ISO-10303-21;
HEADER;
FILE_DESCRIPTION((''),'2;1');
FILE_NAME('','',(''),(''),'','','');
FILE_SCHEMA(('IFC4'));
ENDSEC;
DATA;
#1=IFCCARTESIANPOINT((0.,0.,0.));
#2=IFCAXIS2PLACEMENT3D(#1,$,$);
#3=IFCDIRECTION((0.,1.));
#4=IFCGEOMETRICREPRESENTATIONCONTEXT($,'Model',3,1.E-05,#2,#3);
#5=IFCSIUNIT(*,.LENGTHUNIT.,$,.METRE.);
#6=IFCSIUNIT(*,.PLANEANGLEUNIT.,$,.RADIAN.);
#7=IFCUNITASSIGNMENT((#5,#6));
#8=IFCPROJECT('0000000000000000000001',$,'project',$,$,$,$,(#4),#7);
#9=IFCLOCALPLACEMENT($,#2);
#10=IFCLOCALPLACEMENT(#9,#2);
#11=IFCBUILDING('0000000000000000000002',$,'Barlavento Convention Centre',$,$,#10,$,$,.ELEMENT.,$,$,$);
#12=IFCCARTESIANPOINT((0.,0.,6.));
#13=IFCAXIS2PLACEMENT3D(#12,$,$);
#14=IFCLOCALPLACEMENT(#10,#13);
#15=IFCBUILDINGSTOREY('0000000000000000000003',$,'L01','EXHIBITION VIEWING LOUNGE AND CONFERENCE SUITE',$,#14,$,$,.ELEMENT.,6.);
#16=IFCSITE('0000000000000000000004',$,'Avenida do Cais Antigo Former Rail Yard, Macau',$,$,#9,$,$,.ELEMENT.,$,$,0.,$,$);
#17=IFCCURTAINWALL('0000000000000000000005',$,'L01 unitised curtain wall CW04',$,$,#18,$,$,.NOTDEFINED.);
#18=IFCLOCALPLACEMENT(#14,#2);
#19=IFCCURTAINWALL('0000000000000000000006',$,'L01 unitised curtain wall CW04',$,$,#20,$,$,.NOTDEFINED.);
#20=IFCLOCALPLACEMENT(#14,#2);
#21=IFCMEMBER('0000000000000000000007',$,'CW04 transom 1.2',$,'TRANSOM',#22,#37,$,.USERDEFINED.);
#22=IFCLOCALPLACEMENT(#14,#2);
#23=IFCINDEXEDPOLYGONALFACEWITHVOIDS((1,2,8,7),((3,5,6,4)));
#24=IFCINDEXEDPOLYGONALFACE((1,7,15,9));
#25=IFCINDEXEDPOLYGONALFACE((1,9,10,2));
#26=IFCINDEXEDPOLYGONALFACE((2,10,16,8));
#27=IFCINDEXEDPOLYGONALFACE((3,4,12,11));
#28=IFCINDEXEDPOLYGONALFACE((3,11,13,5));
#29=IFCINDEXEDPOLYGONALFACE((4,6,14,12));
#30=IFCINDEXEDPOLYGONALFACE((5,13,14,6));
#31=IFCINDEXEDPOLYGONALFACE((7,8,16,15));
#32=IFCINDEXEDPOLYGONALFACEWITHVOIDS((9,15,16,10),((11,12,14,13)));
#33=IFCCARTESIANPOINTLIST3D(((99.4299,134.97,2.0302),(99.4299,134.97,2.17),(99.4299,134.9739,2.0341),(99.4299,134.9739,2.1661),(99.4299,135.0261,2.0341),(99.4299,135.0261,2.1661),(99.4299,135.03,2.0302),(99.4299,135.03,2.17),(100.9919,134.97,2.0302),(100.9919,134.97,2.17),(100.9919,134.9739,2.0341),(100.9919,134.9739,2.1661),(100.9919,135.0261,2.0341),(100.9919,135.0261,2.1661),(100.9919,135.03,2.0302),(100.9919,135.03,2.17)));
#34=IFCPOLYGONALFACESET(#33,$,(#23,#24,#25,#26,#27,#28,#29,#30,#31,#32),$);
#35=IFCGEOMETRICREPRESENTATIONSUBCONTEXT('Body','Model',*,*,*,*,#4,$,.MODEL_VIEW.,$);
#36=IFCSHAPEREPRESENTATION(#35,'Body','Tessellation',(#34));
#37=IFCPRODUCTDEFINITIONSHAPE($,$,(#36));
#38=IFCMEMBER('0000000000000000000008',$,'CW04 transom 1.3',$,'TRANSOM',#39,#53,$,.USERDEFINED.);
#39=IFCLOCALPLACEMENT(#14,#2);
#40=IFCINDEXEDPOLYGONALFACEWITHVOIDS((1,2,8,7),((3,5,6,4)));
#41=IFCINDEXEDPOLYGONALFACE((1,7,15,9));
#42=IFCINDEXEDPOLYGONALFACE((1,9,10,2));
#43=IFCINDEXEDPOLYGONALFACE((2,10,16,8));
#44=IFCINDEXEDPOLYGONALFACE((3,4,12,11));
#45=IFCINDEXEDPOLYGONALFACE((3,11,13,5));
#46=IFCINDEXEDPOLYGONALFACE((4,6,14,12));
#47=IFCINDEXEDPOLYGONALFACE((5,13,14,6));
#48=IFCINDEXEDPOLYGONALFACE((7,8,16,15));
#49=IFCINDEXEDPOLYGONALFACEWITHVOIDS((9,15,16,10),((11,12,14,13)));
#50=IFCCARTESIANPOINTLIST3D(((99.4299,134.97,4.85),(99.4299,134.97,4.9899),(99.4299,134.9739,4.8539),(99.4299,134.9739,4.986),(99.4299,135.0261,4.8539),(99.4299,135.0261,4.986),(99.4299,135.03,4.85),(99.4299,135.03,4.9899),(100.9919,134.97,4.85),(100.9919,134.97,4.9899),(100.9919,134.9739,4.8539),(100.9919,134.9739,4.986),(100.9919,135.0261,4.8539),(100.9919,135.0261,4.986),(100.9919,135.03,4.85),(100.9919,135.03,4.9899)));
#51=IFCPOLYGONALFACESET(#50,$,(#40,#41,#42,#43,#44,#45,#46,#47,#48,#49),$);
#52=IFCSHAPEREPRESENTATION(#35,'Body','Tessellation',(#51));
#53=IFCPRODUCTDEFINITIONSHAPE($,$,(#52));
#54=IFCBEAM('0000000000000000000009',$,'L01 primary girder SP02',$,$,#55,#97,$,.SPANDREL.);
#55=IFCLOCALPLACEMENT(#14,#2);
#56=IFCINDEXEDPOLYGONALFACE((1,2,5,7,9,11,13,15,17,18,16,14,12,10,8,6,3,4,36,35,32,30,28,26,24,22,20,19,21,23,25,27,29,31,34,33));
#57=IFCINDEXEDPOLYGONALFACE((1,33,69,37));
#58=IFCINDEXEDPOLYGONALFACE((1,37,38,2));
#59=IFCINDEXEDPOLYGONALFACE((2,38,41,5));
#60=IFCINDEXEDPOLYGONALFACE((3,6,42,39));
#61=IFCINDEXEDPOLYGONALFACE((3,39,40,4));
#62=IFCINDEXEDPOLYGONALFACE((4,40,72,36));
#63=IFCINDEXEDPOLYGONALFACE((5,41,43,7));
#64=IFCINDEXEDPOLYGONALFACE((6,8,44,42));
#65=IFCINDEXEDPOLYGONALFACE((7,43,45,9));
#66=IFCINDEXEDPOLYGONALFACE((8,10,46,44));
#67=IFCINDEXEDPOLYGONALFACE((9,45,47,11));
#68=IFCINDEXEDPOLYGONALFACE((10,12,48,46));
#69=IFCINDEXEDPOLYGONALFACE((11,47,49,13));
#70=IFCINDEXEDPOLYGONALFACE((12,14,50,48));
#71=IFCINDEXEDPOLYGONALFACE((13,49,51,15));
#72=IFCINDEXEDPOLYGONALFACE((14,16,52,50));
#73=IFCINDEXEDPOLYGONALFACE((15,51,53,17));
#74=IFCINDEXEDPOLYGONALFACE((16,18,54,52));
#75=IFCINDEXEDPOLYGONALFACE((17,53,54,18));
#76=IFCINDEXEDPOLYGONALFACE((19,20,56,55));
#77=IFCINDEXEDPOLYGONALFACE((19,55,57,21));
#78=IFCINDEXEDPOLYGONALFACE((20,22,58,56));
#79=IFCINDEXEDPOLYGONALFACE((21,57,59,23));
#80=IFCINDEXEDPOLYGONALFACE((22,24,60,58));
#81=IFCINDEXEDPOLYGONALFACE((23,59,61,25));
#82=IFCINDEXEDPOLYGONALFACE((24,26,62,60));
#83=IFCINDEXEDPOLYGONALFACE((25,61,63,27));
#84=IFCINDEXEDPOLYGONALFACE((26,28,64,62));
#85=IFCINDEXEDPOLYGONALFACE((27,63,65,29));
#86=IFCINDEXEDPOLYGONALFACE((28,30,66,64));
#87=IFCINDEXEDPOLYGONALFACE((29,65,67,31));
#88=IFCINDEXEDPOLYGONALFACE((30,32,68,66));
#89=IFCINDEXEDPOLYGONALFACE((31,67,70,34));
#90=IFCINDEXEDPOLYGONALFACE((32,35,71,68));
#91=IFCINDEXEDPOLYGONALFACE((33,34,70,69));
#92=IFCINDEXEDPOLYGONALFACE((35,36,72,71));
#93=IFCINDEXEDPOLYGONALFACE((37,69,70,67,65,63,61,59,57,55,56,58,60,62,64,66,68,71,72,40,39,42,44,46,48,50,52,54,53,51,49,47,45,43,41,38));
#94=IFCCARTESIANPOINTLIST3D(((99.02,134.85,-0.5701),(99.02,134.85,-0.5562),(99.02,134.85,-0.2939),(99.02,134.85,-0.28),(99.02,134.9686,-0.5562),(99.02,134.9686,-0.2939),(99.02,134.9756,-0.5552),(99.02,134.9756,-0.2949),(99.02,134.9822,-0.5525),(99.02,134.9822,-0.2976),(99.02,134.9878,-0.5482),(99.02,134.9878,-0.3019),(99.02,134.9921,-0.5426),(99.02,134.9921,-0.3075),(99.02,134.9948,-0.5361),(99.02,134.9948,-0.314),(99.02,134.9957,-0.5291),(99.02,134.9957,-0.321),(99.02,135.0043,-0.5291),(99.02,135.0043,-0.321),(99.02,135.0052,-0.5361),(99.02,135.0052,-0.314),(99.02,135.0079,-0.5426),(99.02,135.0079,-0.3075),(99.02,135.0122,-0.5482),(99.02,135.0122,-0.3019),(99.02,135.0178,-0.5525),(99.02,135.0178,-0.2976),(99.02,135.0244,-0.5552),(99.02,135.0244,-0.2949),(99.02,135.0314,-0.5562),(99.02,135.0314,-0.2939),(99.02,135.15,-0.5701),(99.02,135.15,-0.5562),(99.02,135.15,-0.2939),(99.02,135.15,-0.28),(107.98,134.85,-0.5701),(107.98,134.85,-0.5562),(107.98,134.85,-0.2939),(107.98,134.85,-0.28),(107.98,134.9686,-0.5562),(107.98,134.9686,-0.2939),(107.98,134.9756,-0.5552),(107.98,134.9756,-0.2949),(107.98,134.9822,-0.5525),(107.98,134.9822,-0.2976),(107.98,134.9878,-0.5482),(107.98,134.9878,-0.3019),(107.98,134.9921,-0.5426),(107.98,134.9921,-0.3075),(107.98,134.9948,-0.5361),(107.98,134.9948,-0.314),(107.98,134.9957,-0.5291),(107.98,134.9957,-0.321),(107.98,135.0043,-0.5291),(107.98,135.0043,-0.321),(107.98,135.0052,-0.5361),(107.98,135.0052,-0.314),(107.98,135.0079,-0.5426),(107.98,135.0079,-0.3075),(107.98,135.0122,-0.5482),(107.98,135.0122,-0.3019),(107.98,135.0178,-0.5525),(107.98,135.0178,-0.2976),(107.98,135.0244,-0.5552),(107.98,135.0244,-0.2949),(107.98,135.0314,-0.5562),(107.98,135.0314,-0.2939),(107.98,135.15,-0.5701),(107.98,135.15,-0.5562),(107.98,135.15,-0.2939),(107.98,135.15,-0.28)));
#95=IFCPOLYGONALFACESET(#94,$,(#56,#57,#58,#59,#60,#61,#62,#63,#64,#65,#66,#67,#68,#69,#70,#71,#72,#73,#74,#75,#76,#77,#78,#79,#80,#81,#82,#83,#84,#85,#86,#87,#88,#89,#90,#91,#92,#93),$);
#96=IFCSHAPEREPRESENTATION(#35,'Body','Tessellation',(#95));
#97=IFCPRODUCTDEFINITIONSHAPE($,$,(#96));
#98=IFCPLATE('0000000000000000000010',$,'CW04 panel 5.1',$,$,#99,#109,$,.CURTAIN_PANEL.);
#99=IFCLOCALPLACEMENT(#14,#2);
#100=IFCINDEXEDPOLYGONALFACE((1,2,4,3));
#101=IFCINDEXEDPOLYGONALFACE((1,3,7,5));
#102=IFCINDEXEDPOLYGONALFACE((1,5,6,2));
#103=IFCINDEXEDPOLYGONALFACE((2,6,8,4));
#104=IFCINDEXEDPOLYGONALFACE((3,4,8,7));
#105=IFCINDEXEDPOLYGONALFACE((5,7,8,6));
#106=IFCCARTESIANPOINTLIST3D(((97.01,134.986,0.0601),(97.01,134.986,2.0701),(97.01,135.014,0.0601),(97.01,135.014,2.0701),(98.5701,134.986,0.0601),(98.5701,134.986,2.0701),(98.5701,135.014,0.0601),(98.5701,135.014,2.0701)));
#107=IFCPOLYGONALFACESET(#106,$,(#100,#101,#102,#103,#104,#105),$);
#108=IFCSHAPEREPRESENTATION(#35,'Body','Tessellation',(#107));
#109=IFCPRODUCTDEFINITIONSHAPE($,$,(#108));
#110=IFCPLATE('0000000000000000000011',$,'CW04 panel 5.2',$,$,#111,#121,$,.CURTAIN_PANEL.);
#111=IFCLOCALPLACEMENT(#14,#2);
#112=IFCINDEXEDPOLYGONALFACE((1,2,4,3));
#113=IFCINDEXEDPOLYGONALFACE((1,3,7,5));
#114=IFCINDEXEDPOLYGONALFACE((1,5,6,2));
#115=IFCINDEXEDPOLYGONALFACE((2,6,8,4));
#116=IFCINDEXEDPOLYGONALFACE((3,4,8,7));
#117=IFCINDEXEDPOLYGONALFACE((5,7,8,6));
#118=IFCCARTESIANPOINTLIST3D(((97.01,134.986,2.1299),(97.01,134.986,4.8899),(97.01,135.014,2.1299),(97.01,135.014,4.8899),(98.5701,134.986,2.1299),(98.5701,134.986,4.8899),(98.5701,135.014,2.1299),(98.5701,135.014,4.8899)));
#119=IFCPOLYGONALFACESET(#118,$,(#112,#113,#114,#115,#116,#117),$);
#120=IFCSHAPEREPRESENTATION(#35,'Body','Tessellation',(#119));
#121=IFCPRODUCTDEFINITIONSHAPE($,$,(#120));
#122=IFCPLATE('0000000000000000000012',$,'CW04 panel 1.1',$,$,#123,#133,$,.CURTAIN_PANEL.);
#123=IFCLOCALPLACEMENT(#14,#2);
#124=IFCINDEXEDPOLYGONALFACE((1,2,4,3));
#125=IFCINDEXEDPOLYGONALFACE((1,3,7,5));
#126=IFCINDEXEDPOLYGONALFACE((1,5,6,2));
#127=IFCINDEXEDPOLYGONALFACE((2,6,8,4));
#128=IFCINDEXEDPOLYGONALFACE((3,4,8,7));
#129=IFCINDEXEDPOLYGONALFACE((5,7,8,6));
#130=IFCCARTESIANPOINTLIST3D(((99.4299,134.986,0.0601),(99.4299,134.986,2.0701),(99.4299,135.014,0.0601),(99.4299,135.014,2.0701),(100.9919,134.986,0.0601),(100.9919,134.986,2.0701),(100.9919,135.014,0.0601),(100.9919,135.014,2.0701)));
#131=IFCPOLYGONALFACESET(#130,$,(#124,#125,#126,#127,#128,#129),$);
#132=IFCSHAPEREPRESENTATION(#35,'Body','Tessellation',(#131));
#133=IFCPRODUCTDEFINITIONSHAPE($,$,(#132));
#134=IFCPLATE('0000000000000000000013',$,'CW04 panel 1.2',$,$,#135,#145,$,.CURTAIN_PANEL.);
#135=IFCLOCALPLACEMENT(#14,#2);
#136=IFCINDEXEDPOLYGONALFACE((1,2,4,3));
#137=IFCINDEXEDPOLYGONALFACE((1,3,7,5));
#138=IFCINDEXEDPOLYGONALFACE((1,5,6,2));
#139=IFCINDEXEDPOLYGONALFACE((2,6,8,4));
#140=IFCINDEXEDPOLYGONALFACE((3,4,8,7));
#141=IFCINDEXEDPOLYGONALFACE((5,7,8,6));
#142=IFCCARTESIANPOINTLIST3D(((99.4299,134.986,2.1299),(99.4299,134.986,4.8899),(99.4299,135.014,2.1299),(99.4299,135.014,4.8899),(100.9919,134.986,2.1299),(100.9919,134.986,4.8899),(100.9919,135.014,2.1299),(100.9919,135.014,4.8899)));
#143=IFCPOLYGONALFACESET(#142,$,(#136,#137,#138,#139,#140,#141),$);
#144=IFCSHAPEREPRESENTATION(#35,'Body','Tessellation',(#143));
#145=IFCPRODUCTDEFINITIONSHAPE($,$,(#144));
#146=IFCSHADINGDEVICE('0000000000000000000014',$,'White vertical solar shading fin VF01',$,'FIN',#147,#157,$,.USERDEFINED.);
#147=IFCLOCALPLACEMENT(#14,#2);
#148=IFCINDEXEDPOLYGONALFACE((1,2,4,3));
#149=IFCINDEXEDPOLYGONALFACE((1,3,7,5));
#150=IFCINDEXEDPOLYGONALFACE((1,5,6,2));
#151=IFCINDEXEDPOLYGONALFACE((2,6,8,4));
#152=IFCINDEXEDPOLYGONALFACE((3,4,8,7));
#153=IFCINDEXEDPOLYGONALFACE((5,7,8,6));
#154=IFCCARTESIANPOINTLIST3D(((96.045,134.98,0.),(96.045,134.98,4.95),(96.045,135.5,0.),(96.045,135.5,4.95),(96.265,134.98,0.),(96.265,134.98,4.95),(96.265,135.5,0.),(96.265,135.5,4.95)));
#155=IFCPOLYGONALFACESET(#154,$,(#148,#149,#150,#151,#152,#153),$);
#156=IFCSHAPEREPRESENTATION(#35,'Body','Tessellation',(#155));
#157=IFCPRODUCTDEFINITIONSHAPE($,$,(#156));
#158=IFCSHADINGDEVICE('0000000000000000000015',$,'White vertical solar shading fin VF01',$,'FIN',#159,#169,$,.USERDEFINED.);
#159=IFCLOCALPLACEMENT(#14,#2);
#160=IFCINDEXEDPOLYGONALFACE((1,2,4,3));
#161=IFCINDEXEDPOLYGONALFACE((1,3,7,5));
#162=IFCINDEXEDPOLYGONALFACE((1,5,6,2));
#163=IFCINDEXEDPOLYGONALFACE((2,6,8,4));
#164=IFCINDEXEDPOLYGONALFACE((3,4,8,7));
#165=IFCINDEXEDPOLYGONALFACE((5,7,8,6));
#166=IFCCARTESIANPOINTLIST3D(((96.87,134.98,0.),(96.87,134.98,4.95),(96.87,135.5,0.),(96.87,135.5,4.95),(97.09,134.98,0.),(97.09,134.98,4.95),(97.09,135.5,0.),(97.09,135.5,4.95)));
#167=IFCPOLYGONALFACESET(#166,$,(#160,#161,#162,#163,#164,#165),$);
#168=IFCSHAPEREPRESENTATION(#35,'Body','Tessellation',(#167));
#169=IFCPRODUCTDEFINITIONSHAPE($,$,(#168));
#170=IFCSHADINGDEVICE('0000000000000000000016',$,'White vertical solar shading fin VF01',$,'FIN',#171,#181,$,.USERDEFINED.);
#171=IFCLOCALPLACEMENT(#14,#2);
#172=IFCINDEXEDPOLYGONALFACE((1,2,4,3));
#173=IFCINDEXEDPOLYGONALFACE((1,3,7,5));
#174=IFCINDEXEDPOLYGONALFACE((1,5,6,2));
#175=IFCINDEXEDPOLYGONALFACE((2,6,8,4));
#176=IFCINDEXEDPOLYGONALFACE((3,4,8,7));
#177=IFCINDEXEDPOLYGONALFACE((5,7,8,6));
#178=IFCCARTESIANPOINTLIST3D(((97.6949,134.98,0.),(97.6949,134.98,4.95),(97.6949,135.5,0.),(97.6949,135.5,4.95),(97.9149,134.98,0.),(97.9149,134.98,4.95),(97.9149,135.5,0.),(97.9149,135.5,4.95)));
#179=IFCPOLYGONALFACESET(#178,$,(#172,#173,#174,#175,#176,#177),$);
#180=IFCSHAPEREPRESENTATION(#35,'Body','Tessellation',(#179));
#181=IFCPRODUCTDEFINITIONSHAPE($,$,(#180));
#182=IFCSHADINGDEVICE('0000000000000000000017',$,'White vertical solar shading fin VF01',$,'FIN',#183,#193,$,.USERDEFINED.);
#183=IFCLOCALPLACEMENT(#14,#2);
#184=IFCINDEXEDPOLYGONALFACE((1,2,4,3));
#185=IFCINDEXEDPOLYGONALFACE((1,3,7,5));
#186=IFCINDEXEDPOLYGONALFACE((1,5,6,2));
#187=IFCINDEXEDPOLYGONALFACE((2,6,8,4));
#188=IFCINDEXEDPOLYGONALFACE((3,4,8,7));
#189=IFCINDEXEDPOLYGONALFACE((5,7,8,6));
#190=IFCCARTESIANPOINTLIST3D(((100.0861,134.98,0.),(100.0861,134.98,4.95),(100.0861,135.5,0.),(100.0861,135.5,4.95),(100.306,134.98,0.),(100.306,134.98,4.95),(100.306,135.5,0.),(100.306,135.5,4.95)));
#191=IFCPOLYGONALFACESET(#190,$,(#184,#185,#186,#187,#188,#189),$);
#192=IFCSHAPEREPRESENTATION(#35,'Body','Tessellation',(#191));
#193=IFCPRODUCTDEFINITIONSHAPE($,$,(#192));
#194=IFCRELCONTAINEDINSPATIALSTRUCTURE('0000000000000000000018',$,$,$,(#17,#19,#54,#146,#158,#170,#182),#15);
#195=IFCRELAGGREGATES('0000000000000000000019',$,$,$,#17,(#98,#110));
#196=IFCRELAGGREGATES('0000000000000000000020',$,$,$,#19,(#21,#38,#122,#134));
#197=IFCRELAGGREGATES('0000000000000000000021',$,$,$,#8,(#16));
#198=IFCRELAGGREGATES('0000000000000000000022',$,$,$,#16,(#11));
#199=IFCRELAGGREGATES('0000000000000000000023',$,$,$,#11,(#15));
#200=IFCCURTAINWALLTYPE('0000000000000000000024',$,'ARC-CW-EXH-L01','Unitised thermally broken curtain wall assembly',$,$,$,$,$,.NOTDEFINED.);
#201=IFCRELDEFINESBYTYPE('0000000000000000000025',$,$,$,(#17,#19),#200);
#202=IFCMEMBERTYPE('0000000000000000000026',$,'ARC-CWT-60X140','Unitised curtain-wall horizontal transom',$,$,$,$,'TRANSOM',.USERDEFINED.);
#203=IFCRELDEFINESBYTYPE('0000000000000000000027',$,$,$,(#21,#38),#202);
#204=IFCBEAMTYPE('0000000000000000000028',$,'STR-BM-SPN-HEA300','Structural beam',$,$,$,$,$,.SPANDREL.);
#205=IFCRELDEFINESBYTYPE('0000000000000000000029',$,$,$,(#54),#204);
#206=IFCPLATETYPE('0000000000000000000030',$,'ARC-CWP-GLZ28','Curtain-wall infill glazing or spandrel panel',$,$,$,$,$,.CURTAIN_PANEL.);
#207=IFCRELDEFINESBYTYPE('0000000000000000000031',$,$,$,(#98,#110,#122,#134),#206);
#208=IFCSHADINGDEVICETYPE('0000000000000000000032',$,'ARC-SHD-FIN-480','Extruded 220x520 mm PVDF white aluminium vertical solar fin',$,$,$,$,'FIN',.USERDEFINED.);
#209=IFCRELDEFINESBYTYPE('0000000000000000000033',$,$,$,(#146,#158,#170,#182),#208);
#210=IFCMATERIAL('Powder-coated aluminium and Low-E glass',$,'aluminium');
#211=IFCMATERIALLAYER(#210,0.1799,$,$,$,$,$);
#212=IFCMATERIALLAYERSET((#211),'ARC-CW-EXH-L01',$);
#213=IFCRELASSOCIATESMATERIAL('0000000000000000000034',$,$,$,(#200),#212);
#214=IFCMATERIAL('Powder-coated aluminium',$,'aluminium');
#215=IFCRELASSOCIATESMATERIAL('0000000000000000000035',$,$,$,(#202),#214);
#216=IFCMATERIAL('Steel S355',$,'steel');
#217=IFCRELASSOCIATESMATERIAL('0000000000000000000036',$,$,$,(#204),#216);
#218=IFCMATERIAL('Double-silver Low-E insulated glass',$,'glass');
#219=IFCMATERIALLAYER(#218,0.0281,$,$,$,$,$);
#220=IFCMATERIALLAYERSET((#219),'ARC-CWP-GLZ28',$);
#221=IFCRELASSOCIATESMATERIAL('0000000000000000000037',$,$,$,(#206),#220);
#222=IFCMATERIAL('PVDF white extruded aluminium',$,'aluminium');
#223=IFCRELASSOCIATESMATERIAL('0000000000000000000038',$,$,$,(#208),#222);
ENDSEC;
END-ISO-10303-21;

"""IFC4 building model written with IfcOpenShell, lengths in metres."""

from ifc_helpers import new_model, si_unit, direction, frame, origin, origin_2d, place, context, subcontext, project, spatial, rectangle, hollow_rectangle, i_section, extrude, material, layer, layer_set, material_profile, profile_set, type_object, element, aggregate, save


model = new_model("IFC4")

# Units and contexts
model_context = context("Model", 3, precision=1e-05, world=origin(), true_north=direction((0.0, 1.0)))
body_context = subcontext(model_context, "Body", "Model", "MODEL_VIEW")
ifc_project = project(units=[si_unit("LENGTHUNIT", "METRE"), si_unit("PLANEANGLEUNIT", "RADIAN")], contexts=[model_context])

# Site, building, storey
site_placement = place(None, origin())
site = spatial("IfcSite", under=ifc_project, at=site_placement, Name="Avenida do Cais Antigo Former Rail Yard, Macau", CompositionType="ELEMENT", RefElevation=0.0)
building_placement = place(site_placement, origin())
building = spatial("IfcBuilding", under=site, at=building_placement, Name="Barlavento Convention Centre", CompositionType="ELEMENT")
storey_placement = place(building_placement, frame((0.0, 0.0, 6.0)))
storey = spatial("IfcBuildingStorey", under=building, at=storey_placement, Name="L01", Description="EXHIBITION VIEWING LOUNGE AND CONFERENCE SUITE", CompositionType="ELEMENT", Elevation=6.0)

# Shared definitions
ifc_material_1 = material(Name="Steel S355", Category="steel")

# Curtain walls
ifc_material_2 = material(Name="Powder-coated aluminium and Low-E glass", Category="aluminium")
ifc_layer_1 = layer(ifc_material_2, 0.1799)
ifc_layer_set_1 = layer_set([ifc_layer_1], Name="ARC-CW-EXH-L01")
curtain_wall_type = type_object("IfcCurtainWallType", Name="ARC-CW-EXH-L01", Description="Unitised thermally broken curtain wall assembly", PredefinedType="NOTDEFINED", material=ifc_layer_set_1)
curtain_wall_1_placement = place(storey_placement, origin())
curtain_wall_1 = element("IfcCurtainWall", 1, at=curtain_wall_1_placement, inside=storey, type_object=curtain_wall_type, Name="L01 unitised curtain wall CW04", PredefinedType="NOTDEFINED")
ifc_material_3 = material(Name="Powder-coated aluminium", Category="aluminium")
curtain_wall_2_placement = place(storey_placement, origin())
curtain_wall_2 = element("IfcCurtainWall", 2, at=curtain_wall_2_placement, inside=storey, type_object=curtain_wall_type, Name="L01 unitised curtain wall CW04", PredefinedType="NOTDEFINED")

# Members
ifc_material_profile_1 = material_profile(ifc_material_3, hollow_rectangle(XDim=0.0601, YDim=0.1399, WallThickness=0.0039, at=origin_2d()), Name="AL-TRAN 60x140x4")
ifc_profile_set_1 = profile_set([ifc_material_profile_1], Name="Powder-coated aluminium")
member_type_1 = type_object("IfcMemberType", Name="ARC-CWT-60X140", Description="Unitised curtain-wall horizontal transom", ElementType="TRANSOM", PredefinedType="USERDEFINED", material=ifc_profile_set_1)
member_1_placement = place(storey_placement, frame((99.4299, 135.0, 2.1001), z_axis=(1.0, 0.0, 0.0), x_axis=(0.0, 1.0, 0.0)))
member_1 = element("IfcMember", 3, at=member_1_placement, type_object=member_type_1, Name="CW04 transom 1.2", ObjectType="TRANSOM", PredefinedType="USERDEFINED", context=body_context, shape_type="SweptSolid", body=[
    extrude(hollow_rectangle(XDim=0.0601, YDim=0.1399, WallThickness=0.0039, at=origin_2d()), origin(), (0.0, 0.0, 1.0), 1.562),
])
member_2_placement = place(storey_placement, frame((99.4299, 135.0, 4.9199), z_axis=(1.0, 0.0, 0.0), x_axis=(0.0, 1.0, 0.0)))
member_2 = element("IfcMember", 4, at=member_2_placement, type_object=member_type_1, Name="CW04 transom 1.3", ObjectType="TRANSOM", PredefinedType="USERDEFINED", context=body_context, shape_type="SweptSolid", body=[
    extrude(hollow_rectangle(XDim=0.0601, YDim=0.1399, WallThickness=0.0039, at=origin_2d()), origin(), (0.0, 0.0, 1.0), 1.562),
])

# Beam
ifc_material_profile_2 = material_profile(ifc_material_1, i_section(OverallWidth=0.3, OverallDepth=0.29, WebThickness=0.0085, FlangeThickness=0.0139, FilletRadius=0.0271, at=origin_2d()), Name="HEA 300")
ifc_profile_set_2 = profile_set([ifc_material_profile_2], Name="Steel S355")
beam_type = type_object("IfcBeamType", Name="STR-BM-SPN-HEA300", Description="Structural beam", PredefinedType="SPANDREL", material=ifc_profile_set_2)
beam_placement = place(storey_placement, frame((99.02, 135.0, -0.425), z_axis=(1.0, 0.0, 0.0), x_axis=(0.0, 1.0, 0.0)))
element("IfcBeam", 5, at=beam_placement, inside=storey, type_object=beam_type, Name="L01 primary girder SP02", PredefinedType="SPANDREL", context=body_context, shape_type="SweptSolid", body=[
    extrude(i_section(OverallWidth=0.3, OverallDepth=0.29, WebThickness=0.0085, FlangeThickness=0.0139, FilletRadius=0.0271, at=origin_2d()), origin(), (0.0, 0.0, 1.0), 8.96),
])

# Plates
ifc_material_4 = material(Name="Double-silver Low-E insulated glass", Category="glass")
ifc_layer_2 = layer(ifc_material_4, 0.0281)
ifc_layer_set_2 = layer_set([ifc_layer_2], Name="ARC-CWP-GLZ28")
plate_type = type_object("IfcPlateType", Name="ARC-CWP-GLZ28", Description="Curtain-wall infill glazing or spandrel panel", PredefinedType="CURTAIN_PANEL", material=ifc_layer_set_2)
plate_1_placement = place(storey_placement, frame((97.79, 135.0, 0.0601), z_axis=(0.0, 0.0, 1.0), x_axis=(1.0, 0.0, 0.0)))
plate_1 = element("IfcPlate", 6, at=plate_1_placement, type_object=plate_type, Name="CW04 panel 5.1", PredefinedType="CURTAIN_PANEL", context=body_context, shape_type="SweptSolid", body=[
    extrude(rectangle(XDim=1.5601, YDim=0.0281, at=origin_2d()), origin(), (0.0, 0.0, 1.0), 2.01),
])
plate_2_placement = place(storey_placement, frame((97.79, 135.0, 2.1299), z_axis=(0.0, 0.0, 1.0), x_axis=(1.0, 0.0, 0.0)))
plate_2 = element("IfcPlate", 7, at=plate_2_placement, type_object=plate_type, Name="CW04 panel 5.2", PredefinedType="CURTAIN_PANEL", context=body_context, shape_type="SweptSolid", body=[
    extrude(rectangle(XDim=1.5601, YDim=0.0281, at=origin_2d()), origin(), (0.0, 0.0, 1.0), 2.76),
])
aggregate(curtain_wall_1, [plate_1, plate_2])
plate_3_placement = place(storey_placement, frame((100.2109, 135.0, 0.0601), z_axis=(0.0, 0.0, 1.0), x_axis=(1.0, 0.0, 0.0)))
plate_3 = element("IfcPlate", 8, at=plate_3_placement, type_object=plate_type, Name="CW04 panel 1.1", PredefinedType="CURTAIN_PANEL", context=body_context, shape_type="SweptSolid", body=[
    extrude(rectangle(XDim=1.562, YDim=0.0281, at=origin_2d()), origin(), (0.0, 0.0, 1.0), 2.01),
])
plate_4_placement = place(storey_placement, frame((100.2109, 135.0, 2.1299), z_axis=(0.0, 0.0, 1.0), x_axis=(1.0, 0.0, 0.0)))
plate_4 = element("IfcPlate", 9, at=plate_4_placement, type_object=plate_type, Name="CW04 panel 1.2", PredefinedType="CURTAIN_PANEL", context=body_context, shape_type="SweptSolid", body=[
    extrude(rectangle(XDim=1.562, YDim=0.0281, at=origin_2d()), origin(), (0.0, 0.0, 1.0), 2.76),
])
aggregate(curtain_wall_2, [member_1, member_2, plate_3, plate_4])

# Shading devices
ifc_material_5 = material(Name="PVDF white extruded aluminium", Category="aluminium")
shading_device_type = type_object("IfcShadingDeviceType", Name="ARC-SHD-FIN-480", Description="Extruded 220x520 mm PVDF white aluminium vertical solar fin", ElementType="FIN", PredefinedType="USERDEFINED", material=ifc_material_5)
for number, where, z_axis, x_axis, name in (
    (10, (96.155, 135.24, 0.0), (0.0, 0.0, 1.0), (1.0, 0.0, 0.0), "White vertical solar shading fin VF01"),
    (11, (96.98, 135.24, 0.0), (0.0, 0.0, 1.0), (1.0, 0.0, 0.0), "White vertical solar shading fin VF01"),
    (12, (97.8049, 135.24, 0.0), (0.0, 0.0, 1.0), (1.0, 0.0, 0.0), "White vertical solar shading fin VF01"),
    (13, (100.196, 135.24, 0.0), (0.0, 0.0, 1.0), (1.0, 0.0, 0.0), "White vertical solar shading fin VF01"),
):
    element("IfcShadingDevice", number, at=place(storey_placement, frame(where, z_axis=z_axis, x_axis=x_axis)), inside=storey, type_object=shading_device_type, Name=name, ObjectType="FIN", PredefinedType="USERDEFINED", context=body_context, shape_type="SweptSolid", body=[
        extrude(rectangle(XDim=0.22, YDim=0.52, at=origin_2d()), origin(), (0.0, 0.0, 1.0), 4.95),
    ])

save(model, "model.ifc")
